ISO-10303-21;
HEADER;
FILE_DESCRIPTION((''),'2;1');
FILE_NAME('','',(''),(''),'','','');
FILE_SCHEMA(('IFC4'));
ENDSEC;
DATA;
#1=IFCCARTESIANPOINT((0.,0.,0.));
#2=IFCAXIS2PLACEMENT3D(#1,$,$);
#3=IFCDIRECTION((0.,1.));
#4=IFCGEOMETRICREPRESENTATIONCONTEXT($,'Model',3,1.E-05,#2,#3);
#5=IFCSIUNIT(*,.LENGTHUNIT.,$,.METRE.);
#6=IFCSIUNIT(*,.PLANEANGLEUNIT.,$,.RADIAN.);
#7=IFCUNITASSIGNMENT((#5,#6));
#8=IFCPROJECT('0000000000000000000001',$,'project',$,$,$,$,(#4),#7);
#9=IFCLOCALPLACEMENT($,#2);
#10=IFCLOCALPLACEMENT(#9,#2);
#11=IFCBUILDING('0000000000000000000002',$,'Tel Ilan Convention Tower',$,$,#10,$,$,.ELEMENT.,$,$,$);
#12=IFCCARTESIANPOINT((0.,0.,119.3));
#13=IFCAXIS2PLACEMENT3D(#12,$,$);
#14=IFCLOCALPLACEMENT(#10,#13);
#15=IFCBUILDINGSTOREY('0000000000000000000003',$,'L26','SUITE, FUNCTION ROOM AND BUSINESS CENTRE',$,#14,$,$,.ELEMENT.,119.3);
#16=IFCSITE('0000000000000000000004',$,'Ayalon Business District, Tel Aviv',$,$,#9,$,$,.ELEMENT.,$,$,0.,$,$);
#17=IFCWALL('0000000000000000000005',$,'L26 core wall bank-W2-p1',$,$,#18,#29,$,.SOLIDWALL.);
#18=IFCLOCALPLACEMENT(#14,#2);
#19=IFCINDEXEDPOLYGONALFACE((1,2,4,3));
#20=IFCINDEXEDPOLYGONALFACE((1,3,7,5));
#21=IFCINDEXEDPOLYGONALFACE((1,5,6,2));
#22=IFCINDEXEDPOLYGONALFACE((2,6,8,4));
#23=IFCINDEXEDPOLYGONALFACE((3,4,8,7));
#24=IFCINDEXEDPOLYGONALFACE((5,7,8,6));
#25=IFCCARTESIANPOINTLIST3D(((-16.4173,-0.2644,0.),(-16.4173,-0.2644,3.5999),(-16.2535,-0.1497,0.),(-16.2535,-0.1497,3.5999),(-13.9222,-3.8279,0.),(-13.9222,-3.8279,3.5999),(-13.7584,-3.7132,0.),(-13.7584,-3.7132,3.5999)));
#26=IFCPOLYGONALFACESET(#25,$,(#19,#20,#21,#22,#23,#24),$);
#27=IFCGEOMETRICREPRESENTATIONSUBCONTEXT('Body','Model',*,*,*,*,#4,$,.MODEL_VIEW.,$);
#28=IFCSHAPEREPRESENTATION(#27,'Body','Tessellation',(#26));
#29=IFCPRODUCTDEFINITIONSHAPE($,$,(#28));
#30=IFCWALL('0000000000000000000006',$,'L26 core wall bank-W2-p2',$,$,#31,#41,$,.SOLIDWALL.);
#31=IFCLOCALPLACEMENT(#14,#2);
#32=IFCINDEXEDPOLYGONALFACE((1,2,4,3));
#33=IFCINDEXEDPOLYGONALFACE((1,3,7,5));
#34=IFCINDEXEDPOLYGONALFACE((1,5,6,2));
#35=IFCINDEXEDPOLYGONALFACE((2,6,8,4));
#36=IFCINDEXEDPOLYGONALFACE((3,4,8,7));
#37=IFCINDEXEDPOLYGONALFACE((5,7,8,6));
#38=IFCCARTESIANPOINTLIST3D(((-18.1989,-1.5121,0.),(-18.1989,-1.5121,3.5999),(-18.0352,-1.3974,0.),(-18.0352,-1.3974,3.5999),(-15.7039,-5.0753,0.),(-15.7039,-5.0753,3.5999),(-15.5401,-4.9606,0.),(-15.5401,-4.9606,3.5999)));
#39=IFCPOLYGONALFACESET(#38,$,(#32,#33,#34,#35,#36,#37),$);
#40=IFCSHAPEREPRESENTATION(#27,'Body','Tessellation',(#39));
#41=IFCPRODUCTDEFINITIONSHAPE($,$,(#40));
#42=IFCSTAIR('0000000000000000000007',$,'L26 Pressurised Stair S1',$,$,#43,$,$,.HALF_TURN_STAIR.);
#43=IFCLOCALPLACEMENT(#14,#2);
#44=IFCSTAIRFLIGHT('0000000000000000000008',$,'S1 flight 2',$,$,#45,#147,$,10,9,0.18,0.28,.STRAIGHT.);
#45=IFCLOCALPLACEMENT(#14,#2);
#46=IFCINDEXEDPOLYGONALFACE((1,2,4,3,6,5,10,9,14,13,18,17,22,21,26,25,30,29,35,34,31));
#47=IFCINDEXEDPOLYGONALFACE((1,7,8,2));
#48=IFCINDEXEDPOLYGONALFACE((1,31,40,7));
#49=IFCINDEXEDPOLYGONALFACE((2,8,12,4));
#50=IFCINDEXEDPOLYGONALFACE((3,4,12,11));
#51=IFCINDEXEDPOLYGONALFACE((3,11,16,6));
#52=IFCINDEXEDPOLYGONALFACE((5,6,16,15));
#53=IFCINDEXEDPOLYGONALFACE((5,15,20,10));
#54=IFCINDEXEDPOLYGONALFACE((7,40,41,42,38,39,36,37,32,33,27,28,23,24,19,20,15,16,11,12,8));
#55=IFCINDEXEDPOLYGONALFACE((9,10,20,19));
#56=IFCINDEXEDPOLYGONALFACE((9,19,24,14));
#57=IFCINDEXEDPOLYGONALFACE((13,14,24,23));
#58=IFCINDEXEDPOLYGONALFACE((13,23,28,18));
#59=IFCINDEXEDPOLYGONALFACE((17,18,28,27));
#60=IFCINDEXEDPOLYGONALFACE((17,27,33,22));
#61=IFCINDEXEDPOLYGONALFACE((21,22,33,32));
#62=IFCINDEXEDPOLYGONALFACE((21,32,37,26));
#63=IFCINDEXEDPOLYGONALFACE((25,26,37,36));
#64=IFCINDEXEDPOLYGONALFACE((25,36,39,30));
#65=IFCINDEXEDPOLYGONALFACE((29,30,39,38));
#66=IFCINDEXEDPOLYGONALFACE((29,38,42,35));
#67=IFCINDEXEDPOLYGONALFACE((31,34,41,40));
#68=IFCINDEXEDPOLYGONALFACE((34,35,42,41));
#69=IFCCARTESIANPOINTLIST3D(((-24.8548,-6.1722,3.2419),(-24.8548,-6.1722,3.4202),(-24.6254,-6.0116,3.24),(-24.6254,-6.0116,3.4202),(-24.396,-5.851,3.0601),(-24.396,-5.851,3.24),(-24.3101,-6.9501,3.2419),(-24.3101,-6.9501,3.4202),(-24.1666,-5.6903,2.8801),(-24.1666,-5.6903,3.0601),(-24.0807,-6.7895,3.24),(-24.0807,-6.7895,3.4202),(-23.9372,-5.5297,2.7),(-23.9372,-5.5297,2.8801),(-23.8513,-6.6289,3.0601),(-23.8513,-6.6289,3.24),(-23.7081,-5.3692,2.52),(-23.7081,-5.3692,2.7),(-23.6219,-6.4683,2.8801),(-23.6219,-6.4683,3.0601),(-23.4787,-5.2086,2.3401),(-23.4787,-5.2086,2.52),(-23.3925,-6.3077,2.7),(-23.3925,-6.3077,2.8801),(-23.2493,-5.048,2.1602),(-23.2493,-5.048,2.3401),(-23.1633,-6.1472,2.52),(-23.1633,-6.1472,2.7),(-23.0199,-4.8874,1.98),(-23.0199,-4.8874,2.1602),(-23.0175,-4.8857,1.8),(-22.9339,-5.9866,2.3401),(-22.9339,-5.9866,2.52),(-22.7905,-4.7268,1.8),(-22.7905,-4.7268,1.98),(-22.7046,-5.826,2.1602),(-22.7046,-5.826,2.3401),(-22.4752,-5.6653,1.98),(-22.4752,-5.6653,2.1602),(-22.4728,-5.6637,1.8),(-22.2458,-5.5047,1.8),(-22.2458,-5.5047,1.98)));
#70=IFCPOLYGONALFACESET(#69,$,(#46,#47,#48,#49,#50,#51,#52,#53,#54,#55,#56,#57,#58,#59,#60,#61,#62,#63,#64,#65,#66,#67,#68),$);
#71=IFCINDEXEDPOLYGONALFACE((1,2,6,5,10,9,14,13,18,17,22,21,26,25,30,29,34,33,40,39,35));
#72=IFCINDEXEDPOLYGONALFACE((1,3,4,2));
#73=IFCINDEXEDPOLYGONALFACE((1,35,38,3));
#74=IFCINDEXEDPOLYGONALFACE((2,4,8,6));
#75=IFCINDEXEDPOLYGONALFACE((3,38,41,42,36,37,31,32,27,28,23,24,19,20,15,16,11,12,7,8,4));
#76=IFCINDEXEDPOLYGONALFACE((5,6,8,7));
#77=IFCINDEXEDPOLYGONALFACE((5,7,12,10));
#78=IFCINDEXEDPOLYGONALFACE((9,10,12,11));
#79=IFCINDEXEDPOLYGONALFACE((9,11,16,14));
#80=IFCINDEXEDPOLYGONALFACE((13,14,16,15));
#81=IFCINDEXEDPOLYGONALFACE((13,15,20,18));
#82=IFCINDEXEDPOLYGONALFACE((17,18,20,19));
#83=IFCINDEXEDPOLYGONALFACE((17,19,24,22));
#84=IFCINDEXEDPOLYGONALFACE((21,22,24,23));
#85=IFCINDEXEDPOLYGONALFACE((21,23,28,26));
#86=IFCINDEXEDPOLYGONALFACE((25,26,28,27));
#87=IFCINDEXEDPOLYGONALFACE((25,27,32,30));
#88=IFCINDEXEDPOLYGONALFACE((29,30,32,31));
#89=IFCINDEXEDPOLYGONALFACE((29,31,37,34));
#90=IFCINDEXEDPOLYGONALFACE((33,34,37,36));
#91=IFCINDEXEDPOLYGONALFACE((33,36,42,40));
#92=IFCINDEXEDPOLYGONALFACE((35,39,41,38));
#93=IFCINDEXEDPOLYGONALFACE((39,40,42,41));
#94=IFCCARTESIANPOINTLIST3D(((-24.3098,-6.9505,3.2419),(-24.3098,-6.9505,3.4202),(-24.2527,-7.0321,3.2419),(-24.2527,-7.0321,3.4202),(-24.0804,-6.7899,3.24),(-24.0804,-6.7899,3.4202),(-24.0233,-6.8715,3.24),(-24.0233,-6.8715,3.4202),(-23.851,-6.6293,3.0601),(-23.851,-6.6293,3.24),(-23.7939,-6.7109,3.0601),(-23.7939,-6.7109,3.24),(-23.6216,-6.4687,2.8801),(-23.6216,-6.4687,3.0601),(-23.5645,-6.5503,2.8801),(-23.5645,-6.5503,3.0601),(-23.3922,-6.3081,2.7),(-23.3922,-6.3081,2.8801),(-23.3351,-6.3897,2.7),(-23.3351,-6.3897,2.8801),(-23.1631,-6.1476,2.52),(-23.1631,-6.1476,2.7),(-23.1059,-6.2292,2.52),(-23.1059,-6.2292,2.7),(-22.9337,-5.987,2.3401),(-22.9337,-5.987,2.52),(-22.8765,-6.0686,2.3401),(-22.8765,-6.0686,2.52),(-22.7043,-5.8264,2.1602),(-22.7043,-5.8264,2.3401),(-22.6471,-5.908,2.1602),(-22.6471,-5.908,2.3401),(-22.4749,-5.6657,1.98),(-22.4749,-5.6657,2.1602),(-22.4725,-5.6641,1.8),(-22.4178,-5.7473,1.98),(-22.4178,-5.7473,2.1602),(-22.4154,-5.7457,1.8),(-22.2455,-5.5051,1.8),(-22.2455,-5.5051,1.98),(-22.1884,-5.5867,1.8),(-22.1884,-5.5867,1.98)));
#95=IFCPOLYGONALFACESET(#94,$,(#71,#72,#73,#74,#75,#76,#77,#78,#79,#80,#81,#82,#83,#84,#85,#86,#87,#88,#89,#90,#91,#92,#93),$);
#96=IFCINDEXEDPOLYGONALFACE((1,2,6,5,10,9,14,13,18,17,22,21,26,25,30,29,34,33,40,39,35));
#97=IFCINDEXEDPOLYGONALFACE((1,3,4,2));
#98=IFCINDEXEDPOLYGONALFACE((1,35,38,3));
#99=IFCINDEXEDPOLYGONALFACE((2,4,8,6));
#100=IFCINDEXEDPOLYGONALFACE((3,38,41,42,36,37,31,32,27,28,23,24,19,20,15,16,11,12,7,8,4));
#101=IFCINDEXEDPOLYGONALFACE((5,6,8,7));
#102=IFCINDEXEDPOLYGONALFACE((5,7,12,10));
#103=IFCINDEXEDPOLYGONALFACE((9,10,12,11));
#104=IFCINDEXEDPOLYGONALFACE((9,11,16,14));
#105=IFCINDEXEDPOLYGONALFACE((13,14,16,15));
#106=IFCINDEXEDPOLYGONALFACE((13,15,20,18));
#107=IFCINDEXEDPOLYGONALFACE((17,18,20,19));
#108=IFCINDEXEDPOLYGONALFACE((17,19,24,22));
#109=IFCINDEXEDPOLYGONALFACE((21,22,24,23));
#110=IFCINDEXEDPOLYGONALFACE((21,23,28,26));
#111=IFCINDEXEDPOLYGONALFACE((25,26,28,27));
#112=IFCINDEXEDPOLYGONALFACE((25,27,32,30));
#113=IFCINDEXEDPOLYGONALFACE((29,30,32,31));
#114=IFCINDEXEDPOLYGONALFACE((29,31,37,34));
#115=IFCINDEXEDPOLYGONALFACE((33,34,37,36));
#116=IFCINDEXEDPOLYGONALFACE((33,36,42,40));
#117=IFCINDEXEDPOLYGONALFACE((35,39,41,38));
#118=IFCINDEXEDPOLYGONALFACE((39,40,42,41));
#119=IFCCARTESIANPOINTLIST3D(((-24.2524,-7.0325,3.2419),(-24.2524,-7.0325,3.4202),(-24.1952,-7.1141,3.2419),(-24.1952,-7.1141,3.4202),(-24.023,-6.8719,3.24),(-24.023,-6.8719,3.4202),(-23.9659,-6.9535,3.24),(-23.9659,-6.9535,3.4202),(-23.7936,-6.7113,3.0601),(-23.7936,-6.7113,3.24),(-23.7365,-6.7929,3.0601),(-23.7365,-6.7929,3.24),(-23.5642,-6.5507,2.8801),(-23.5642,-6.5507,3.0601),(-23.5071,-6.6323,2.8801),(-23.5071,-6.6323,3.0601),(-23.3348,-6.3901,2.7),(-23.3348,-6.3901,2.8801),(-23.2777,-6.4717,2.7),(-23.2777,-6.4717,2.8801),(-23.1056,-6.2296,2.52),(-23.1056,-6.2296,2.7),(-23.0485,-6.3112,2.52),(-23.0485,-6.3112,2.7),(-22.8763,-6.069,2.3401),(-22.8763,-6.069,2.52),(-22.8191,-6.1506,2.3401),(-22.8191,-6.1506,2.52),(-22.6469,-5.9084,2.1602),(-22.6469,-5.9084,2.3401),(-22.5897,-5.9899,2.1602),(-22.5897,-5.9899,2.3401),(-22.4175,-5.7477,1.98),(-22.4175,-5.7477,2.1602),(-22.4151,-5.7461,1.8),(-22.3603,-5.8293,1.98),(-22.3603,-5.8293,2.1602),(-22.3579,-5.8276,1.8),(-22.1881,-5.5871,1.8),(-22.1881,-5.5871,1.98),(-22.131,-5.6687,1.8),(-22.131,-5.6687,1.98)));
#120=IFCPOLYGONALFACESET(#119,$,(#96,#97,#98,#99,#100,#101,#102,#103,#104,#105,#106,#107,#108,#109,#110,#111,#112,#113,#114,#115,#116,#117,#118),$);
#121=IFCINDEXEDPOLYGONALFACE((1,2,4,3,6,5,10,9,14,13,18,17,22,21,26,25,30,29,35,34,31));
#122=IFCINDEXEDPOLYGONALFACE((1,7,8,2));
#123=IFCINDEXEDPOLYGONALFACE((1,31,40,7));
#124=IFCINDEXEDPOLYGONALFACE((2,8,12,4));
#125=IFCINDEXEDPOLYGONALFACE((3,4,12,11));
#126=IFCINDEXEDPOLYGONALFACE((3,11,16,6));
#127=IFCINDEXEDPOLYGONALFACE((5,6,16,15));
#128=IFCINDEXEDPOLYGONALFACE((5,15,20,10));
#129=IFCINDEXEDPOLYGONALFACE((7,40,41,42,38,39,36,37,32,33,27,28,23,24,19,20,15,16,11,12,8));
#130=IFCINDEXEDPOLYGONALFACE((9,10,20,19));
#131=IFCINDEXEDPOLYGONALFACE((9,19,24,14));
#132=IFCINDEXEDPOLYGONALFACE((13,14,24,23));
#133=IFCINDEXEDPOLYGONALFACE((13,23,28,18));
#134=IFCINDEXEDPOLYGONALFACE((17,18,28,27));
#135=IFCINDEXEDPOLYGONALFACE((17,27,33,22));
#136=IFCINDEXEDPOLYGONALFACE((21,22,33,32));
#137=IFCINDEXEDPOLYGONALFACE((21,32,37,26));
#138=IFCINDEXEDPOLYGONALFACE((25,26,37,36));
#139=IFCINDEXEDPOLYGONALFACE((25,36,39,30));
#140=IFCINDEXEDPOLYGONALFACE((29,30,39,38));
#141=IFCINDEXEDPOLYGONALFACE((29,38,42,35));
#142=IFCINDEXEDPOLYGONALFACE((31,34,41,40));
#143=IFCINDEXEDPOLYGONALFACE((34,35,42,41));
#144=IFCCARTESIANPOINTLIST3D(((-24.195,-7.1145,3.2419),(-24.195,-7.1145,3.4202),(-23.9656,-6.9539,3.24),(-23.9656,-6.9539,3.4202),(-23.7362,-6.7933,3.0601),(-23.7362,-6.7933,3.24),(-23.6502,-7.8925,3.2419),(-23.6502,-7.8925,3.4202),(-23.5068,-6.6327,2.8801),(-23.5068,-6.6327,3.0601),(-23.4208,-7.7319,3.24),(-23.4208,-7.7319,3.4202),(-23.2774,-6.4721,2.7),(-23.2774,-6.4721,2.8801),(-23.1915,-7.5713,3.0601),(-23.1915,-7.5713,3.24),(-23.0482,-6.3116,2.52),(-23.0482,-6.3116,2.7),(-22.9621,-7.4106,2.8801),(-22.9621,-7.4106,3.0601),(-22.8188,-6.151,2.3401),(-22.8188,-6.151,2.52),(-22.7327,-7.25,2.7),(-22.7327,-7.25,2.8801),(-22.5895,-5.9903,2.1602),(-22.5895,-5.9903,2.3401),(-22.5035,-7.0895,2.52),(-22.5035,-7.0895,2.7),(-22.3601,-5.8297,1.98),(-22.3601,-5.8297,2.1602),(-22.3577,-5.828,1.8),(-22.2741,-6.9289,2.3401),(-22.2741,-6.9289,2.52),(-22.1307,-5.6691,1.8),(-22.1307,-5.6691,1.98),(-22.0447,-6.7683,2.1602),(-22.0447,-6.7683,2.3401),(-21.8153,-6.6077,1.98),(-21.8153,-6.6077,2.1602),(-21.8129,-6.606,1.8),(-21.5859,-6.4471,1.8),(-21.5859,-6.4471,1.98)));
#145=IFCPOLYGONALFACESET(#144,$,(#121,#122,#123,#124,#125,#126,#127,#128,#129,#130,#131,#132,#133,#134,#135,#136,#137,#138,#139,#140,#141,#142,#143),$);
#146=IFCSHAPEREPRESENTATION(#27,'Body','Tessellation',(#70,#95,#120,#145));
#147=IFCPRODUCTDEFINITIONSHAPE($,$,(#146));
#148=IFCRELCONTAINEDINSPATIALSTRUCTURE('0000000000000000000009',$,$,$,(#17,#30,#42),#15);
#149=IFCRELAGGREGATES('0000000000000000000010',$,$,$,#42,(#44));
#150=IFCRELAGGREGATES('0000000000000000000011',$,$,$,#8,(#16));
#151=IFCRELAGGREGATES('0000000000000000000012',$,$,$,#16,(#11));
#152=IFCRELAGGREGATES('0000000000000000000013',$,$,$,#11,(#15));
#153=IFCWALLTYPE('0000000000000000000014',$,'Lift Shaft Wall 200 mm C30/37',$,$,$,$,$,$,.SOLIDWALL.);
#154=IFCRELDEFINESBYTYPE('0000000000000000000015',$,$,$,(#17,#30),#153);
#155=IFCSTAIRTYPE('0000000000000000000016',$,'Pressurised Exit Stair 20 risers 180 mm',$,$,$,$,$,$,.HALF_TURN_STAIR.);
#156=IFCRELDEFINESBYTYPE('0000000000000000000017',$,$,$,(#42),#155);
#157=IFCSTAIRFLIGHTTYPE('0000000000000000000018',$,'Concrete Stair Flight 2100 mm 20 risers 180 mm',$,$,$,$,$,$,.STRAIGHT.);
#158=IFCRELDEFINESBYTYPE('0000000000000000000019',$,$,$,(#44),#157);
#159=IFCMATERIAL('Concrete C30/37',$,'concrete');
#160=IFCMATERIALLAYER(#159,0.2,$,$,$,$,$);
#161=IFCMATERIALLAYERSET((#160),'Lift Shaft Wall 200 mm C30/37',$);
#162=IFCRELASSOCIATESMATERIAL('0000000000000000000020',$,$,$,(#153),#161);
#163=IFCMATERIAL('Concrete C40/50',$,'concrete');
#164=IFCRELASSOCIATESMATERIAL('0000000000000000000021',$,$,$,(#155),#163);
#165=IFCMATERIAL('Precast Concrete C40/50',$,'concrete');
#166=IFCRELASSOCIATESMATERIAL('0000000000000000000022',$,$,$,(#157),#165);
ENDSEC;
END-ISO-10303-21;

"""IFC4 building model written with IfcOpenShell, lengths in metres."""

from ifc_helpers import new_model, si_unit, direction, frame, frame_2d, origin, place, context, subcontext, project, spatial, polyline, rectangle, outline, extrude, material, layer, layer_set, type_object, element, aggregate, save


model = new_model("IFC4")

# Units and contexts
model_context = context("Model", 3, precision=1e-05, world=origin(), true_north=direction((0.0, 1.0)))
body_context = subcontext(model_context, "Body", "Model", "MODEL_VIEW")
ifc_project = project(units=[si_unit("LENGTHUNIT", "METRE"), si_unit("PLANEANGLEUNIT", "RADIAN")], contexts=[model_context])

# Site, building, storey
site_placement = place(None, origin())
site = spatial("IfcSite", under=ifc_project, at=site_placement, Name="Ayalon Business District, Tel Aviv", CompositionType="ELEMENT", RefElevation=0.0)
building_placement = place(site_placement, origin())
building = spatial("IfcBuilding", under=site, at=building_placement, Name="Tel Ilan Convention Tower", CompositionType="ELEMENT")
storey_placement = place(building_placement, frame((0.0, 0.0, 119.3)))
storey = spatial("IfcBuildingStorey", under=building, at=storey_placement, Name="L26", Description="SUITE, FUNCTION ROOM AND BUSINESS CENTRE", CompositionType="ELEMENT", Elevation=119.3)

# Walls
ifc_material_1 = material(Name="Concrete C30/37", Category="concrete")
ifc_layer_1 = layer(ifc_material_1, 0.2)
ifc_layer_set_1 = layer_set([ifc_layer_1], Name="Lift Shaft Wall 200 mm C30/37")
wall_type_1 = type_object("IfcWallType", Name="Lift Shaft Wall 200 mm C30/37", PredefinedType="SOLIDWALL", material=ifc_layer_set_1)
wall_1_placement = place(storey_placement, frame((-13.8403, -3.7705, 0.0), z_axis=(0.0, 0.0, 1.0), x_axis=(-0.573568, 0.819158, 0.0)))
element("IfcWall", 1, at=wall_1_placement, inside=storey, type_object=wall_type_1, Name="L26 core wall bank-W2-p1", PredefinedType="SOLIDWALL", context=body_context, shape_type="SweptSolid", body=[
    extrude(rectangle(XDim=4.3501, YDim=0.2, at=frame_2d((2.175, 0.0))), origin(), (0.0, 0.0, 1.0), 3.5999),
])
wall_2_placement = place(storey_placement, frame((-15.6221, -5.0178, 0.0), z_axis=(0.0, 0.0, 1.0), x_axis=(-0.573594, 0.81914, 0.0)))
element("IfcWall", 2, at=wall_2_placement, inside=storey, type_object=wall_type_1, Name="L26 core wall bank-W2-p2", PredefinedType="SOLIDWALL", context=body_context, shape_type="SweptSolid", body=[
    extrude(rectangle(XDim=4.3499, YDim=0.2, at=frame_2d((2.1748, 0.0))), origin(), (0.0, 0.0, 1.0), 3.5999),
])

# Stair, stair flight
ifc_material_2 = material(Name="Concrete C40/50", Category="concrete")
stair_type = type_object("IfcStairType", Name="Pressurised Exit Stair 20 risers 180 mm", PredefinedType="HALF_TURN_STAIR", material=ifc_material_2)
stair_1_placement = place(storey_placement, origin())
stair_1 = element("IfcStair", 3, at=stair_1_placement, inside=storey, type_object=stair_type, Name="L26 Pressurised Stair S1", PredefinedType="HALF_TURN_STAIR")
ifc_material_3 = material(Name="Precast Concrete C40/50", Category="concrete")
stair_flight_type = type_object("IfcStairFlightType", Name="Concrete Stair Flight 2100 mm 20 risers 180 mm", PredefinedType="STRAIGHT", material=ifc_material_3)
stair_flight_1_placement = place(storey_placement, frame((-22.1882, -5.5869, 1.8), z_axis=(0.0, 0.0, 1.0), x_axis=(-0.819152, -0.573576, 0.0)))
stair_flight_1 = element("IfcStairFlight", 4, at=stair_flight_1_placement, type_object=stair_flight_type, Name="S1 flight 2", NumberOfRisers=10, NumberOfTreads=9, PredefinedType="STRAIGHT", RiserHeight=0.18, TreadLength=0.28, context=body_context, shape_type="SweptSolid", body=[
    extrude(outline(polyline([(0.0, 0.0), (0.0, 0.1799), (0.28, 0.1799), (0.28, 0.3601), (0.5601, 0.3601), (0.5601, 0.54), (0.8401, 0.54), (0.8401, 0.72), (1.1201, 0.72), (1.1201, 0.8999), (1.3999, 0.8999), (1.3999, 1.0801), (1.6799, 1.0801), (1.6799, 1.26), (1.96, 1.26), (1.96, 1.4399), (2.24, 1.4399), (2.24, 1.6201), (2.52, 1.6201), (2.52, 1.8), (2.52, 1.4419), (0.2771, 0.0), (0.0, 0.0)])), frame((0.0, -0.1003, 0.0), z_axis=(0.0, -1.0, 0.0), x_axis=(1.0, 0.0, 0.0)), (0.0, 0.0, 1.0), 0.9497),
    extrude(outline(polyline([(0.0, 0.0), (0.0, 0.1799), (0.28, 0.1799), (0.28, 0.3601), (0.5601, 0.3601), (0.5601, 0.54), (0.8401, 0.54), (0.8401, 0.72), (1.1201, 0.72), (1.1201, 0.8999), (1.3999, 0.8999), (1.3999, 1.0801), (1.6799, 1.0801), (1.6799, 1.26), (1.96, 1.26), (1.96, 1.4399), (2.24, 1.4399), (2.24, 1.6201), (2.52, 1.6201), (2.52, 1.8), (2.52, 1.4419), (0.2771, 0.0), (0.0, 0.0)])), frame((0.0, -0.0002, 0.0), z_axis=(0.0, -1.0, 0.0), x_axis=(1.0, 0.0, 0.0)), (0.0, 0.0, 1.0), 0.0996),
    extrude(outline(polyline([(0.0, 0.0), (0.0, 0.1799), (0.28, 0.1799), (0.28, 0.3601), (0.5601, 0.3601), (0.5601, 0.54), (0.8401, 0.54), (0.8401, 0.72), (1.1201, 0.72), (1.1201, 0.8999), (1.3999, 0.8999), (1.3999, 1.0801), (1.6799, 1.0801), (1.6799, 1.26), (1.96, 1.26), (1.96, 1.4399), (2.24, 1.4399), (2.24, 1.6201), (2.52, 1.6201), (2.52, 1.8), (2.52, 1.4419), (0.2771, 0.0), (0.0, 0.0)])), frame((0.0, 0.0999, 0.0), z_axis=(0.0, -1.0, 0.0), x_axis=(1.0, 0.0, 0.0)), (0.0, 0.0, 1.0), 0.0996),
    extrude(outline(polyline([(0.0, 0.0), (0.0, 0.1799), (0.28, 0.1799), (0.28, 0.3601), (0.5601, 0.3601), (0.5601, 0.54), (0.8401, 0.54), (0.8401, 0.72), (1.1201, 0.72), (1.1201, 0.8999), (1.3999, 0.8999), (1.3999, 1.0801), (1.6799, 1.0801), (1.6799, 1.26), (1.96, 1.26), (1.96, 1.4399), (2.24, 1.4399), (2.24, 1.6201), (2.52, 1.6201), (2.52, 1.8), (2.52, 1.4419), (0.2771, 0.0), (0.0, 0.0)])), frame((0.0, 1.05, 0.0), z_axis=(0.0, -1.0, 0.0), x_axis=(1.0, 0.0, 0.0)), (0.0, 0.0, 1.0), 0.9497),
])
aggregate(stair_1, [stair_flight_1])

save(model, "model.ifc")
